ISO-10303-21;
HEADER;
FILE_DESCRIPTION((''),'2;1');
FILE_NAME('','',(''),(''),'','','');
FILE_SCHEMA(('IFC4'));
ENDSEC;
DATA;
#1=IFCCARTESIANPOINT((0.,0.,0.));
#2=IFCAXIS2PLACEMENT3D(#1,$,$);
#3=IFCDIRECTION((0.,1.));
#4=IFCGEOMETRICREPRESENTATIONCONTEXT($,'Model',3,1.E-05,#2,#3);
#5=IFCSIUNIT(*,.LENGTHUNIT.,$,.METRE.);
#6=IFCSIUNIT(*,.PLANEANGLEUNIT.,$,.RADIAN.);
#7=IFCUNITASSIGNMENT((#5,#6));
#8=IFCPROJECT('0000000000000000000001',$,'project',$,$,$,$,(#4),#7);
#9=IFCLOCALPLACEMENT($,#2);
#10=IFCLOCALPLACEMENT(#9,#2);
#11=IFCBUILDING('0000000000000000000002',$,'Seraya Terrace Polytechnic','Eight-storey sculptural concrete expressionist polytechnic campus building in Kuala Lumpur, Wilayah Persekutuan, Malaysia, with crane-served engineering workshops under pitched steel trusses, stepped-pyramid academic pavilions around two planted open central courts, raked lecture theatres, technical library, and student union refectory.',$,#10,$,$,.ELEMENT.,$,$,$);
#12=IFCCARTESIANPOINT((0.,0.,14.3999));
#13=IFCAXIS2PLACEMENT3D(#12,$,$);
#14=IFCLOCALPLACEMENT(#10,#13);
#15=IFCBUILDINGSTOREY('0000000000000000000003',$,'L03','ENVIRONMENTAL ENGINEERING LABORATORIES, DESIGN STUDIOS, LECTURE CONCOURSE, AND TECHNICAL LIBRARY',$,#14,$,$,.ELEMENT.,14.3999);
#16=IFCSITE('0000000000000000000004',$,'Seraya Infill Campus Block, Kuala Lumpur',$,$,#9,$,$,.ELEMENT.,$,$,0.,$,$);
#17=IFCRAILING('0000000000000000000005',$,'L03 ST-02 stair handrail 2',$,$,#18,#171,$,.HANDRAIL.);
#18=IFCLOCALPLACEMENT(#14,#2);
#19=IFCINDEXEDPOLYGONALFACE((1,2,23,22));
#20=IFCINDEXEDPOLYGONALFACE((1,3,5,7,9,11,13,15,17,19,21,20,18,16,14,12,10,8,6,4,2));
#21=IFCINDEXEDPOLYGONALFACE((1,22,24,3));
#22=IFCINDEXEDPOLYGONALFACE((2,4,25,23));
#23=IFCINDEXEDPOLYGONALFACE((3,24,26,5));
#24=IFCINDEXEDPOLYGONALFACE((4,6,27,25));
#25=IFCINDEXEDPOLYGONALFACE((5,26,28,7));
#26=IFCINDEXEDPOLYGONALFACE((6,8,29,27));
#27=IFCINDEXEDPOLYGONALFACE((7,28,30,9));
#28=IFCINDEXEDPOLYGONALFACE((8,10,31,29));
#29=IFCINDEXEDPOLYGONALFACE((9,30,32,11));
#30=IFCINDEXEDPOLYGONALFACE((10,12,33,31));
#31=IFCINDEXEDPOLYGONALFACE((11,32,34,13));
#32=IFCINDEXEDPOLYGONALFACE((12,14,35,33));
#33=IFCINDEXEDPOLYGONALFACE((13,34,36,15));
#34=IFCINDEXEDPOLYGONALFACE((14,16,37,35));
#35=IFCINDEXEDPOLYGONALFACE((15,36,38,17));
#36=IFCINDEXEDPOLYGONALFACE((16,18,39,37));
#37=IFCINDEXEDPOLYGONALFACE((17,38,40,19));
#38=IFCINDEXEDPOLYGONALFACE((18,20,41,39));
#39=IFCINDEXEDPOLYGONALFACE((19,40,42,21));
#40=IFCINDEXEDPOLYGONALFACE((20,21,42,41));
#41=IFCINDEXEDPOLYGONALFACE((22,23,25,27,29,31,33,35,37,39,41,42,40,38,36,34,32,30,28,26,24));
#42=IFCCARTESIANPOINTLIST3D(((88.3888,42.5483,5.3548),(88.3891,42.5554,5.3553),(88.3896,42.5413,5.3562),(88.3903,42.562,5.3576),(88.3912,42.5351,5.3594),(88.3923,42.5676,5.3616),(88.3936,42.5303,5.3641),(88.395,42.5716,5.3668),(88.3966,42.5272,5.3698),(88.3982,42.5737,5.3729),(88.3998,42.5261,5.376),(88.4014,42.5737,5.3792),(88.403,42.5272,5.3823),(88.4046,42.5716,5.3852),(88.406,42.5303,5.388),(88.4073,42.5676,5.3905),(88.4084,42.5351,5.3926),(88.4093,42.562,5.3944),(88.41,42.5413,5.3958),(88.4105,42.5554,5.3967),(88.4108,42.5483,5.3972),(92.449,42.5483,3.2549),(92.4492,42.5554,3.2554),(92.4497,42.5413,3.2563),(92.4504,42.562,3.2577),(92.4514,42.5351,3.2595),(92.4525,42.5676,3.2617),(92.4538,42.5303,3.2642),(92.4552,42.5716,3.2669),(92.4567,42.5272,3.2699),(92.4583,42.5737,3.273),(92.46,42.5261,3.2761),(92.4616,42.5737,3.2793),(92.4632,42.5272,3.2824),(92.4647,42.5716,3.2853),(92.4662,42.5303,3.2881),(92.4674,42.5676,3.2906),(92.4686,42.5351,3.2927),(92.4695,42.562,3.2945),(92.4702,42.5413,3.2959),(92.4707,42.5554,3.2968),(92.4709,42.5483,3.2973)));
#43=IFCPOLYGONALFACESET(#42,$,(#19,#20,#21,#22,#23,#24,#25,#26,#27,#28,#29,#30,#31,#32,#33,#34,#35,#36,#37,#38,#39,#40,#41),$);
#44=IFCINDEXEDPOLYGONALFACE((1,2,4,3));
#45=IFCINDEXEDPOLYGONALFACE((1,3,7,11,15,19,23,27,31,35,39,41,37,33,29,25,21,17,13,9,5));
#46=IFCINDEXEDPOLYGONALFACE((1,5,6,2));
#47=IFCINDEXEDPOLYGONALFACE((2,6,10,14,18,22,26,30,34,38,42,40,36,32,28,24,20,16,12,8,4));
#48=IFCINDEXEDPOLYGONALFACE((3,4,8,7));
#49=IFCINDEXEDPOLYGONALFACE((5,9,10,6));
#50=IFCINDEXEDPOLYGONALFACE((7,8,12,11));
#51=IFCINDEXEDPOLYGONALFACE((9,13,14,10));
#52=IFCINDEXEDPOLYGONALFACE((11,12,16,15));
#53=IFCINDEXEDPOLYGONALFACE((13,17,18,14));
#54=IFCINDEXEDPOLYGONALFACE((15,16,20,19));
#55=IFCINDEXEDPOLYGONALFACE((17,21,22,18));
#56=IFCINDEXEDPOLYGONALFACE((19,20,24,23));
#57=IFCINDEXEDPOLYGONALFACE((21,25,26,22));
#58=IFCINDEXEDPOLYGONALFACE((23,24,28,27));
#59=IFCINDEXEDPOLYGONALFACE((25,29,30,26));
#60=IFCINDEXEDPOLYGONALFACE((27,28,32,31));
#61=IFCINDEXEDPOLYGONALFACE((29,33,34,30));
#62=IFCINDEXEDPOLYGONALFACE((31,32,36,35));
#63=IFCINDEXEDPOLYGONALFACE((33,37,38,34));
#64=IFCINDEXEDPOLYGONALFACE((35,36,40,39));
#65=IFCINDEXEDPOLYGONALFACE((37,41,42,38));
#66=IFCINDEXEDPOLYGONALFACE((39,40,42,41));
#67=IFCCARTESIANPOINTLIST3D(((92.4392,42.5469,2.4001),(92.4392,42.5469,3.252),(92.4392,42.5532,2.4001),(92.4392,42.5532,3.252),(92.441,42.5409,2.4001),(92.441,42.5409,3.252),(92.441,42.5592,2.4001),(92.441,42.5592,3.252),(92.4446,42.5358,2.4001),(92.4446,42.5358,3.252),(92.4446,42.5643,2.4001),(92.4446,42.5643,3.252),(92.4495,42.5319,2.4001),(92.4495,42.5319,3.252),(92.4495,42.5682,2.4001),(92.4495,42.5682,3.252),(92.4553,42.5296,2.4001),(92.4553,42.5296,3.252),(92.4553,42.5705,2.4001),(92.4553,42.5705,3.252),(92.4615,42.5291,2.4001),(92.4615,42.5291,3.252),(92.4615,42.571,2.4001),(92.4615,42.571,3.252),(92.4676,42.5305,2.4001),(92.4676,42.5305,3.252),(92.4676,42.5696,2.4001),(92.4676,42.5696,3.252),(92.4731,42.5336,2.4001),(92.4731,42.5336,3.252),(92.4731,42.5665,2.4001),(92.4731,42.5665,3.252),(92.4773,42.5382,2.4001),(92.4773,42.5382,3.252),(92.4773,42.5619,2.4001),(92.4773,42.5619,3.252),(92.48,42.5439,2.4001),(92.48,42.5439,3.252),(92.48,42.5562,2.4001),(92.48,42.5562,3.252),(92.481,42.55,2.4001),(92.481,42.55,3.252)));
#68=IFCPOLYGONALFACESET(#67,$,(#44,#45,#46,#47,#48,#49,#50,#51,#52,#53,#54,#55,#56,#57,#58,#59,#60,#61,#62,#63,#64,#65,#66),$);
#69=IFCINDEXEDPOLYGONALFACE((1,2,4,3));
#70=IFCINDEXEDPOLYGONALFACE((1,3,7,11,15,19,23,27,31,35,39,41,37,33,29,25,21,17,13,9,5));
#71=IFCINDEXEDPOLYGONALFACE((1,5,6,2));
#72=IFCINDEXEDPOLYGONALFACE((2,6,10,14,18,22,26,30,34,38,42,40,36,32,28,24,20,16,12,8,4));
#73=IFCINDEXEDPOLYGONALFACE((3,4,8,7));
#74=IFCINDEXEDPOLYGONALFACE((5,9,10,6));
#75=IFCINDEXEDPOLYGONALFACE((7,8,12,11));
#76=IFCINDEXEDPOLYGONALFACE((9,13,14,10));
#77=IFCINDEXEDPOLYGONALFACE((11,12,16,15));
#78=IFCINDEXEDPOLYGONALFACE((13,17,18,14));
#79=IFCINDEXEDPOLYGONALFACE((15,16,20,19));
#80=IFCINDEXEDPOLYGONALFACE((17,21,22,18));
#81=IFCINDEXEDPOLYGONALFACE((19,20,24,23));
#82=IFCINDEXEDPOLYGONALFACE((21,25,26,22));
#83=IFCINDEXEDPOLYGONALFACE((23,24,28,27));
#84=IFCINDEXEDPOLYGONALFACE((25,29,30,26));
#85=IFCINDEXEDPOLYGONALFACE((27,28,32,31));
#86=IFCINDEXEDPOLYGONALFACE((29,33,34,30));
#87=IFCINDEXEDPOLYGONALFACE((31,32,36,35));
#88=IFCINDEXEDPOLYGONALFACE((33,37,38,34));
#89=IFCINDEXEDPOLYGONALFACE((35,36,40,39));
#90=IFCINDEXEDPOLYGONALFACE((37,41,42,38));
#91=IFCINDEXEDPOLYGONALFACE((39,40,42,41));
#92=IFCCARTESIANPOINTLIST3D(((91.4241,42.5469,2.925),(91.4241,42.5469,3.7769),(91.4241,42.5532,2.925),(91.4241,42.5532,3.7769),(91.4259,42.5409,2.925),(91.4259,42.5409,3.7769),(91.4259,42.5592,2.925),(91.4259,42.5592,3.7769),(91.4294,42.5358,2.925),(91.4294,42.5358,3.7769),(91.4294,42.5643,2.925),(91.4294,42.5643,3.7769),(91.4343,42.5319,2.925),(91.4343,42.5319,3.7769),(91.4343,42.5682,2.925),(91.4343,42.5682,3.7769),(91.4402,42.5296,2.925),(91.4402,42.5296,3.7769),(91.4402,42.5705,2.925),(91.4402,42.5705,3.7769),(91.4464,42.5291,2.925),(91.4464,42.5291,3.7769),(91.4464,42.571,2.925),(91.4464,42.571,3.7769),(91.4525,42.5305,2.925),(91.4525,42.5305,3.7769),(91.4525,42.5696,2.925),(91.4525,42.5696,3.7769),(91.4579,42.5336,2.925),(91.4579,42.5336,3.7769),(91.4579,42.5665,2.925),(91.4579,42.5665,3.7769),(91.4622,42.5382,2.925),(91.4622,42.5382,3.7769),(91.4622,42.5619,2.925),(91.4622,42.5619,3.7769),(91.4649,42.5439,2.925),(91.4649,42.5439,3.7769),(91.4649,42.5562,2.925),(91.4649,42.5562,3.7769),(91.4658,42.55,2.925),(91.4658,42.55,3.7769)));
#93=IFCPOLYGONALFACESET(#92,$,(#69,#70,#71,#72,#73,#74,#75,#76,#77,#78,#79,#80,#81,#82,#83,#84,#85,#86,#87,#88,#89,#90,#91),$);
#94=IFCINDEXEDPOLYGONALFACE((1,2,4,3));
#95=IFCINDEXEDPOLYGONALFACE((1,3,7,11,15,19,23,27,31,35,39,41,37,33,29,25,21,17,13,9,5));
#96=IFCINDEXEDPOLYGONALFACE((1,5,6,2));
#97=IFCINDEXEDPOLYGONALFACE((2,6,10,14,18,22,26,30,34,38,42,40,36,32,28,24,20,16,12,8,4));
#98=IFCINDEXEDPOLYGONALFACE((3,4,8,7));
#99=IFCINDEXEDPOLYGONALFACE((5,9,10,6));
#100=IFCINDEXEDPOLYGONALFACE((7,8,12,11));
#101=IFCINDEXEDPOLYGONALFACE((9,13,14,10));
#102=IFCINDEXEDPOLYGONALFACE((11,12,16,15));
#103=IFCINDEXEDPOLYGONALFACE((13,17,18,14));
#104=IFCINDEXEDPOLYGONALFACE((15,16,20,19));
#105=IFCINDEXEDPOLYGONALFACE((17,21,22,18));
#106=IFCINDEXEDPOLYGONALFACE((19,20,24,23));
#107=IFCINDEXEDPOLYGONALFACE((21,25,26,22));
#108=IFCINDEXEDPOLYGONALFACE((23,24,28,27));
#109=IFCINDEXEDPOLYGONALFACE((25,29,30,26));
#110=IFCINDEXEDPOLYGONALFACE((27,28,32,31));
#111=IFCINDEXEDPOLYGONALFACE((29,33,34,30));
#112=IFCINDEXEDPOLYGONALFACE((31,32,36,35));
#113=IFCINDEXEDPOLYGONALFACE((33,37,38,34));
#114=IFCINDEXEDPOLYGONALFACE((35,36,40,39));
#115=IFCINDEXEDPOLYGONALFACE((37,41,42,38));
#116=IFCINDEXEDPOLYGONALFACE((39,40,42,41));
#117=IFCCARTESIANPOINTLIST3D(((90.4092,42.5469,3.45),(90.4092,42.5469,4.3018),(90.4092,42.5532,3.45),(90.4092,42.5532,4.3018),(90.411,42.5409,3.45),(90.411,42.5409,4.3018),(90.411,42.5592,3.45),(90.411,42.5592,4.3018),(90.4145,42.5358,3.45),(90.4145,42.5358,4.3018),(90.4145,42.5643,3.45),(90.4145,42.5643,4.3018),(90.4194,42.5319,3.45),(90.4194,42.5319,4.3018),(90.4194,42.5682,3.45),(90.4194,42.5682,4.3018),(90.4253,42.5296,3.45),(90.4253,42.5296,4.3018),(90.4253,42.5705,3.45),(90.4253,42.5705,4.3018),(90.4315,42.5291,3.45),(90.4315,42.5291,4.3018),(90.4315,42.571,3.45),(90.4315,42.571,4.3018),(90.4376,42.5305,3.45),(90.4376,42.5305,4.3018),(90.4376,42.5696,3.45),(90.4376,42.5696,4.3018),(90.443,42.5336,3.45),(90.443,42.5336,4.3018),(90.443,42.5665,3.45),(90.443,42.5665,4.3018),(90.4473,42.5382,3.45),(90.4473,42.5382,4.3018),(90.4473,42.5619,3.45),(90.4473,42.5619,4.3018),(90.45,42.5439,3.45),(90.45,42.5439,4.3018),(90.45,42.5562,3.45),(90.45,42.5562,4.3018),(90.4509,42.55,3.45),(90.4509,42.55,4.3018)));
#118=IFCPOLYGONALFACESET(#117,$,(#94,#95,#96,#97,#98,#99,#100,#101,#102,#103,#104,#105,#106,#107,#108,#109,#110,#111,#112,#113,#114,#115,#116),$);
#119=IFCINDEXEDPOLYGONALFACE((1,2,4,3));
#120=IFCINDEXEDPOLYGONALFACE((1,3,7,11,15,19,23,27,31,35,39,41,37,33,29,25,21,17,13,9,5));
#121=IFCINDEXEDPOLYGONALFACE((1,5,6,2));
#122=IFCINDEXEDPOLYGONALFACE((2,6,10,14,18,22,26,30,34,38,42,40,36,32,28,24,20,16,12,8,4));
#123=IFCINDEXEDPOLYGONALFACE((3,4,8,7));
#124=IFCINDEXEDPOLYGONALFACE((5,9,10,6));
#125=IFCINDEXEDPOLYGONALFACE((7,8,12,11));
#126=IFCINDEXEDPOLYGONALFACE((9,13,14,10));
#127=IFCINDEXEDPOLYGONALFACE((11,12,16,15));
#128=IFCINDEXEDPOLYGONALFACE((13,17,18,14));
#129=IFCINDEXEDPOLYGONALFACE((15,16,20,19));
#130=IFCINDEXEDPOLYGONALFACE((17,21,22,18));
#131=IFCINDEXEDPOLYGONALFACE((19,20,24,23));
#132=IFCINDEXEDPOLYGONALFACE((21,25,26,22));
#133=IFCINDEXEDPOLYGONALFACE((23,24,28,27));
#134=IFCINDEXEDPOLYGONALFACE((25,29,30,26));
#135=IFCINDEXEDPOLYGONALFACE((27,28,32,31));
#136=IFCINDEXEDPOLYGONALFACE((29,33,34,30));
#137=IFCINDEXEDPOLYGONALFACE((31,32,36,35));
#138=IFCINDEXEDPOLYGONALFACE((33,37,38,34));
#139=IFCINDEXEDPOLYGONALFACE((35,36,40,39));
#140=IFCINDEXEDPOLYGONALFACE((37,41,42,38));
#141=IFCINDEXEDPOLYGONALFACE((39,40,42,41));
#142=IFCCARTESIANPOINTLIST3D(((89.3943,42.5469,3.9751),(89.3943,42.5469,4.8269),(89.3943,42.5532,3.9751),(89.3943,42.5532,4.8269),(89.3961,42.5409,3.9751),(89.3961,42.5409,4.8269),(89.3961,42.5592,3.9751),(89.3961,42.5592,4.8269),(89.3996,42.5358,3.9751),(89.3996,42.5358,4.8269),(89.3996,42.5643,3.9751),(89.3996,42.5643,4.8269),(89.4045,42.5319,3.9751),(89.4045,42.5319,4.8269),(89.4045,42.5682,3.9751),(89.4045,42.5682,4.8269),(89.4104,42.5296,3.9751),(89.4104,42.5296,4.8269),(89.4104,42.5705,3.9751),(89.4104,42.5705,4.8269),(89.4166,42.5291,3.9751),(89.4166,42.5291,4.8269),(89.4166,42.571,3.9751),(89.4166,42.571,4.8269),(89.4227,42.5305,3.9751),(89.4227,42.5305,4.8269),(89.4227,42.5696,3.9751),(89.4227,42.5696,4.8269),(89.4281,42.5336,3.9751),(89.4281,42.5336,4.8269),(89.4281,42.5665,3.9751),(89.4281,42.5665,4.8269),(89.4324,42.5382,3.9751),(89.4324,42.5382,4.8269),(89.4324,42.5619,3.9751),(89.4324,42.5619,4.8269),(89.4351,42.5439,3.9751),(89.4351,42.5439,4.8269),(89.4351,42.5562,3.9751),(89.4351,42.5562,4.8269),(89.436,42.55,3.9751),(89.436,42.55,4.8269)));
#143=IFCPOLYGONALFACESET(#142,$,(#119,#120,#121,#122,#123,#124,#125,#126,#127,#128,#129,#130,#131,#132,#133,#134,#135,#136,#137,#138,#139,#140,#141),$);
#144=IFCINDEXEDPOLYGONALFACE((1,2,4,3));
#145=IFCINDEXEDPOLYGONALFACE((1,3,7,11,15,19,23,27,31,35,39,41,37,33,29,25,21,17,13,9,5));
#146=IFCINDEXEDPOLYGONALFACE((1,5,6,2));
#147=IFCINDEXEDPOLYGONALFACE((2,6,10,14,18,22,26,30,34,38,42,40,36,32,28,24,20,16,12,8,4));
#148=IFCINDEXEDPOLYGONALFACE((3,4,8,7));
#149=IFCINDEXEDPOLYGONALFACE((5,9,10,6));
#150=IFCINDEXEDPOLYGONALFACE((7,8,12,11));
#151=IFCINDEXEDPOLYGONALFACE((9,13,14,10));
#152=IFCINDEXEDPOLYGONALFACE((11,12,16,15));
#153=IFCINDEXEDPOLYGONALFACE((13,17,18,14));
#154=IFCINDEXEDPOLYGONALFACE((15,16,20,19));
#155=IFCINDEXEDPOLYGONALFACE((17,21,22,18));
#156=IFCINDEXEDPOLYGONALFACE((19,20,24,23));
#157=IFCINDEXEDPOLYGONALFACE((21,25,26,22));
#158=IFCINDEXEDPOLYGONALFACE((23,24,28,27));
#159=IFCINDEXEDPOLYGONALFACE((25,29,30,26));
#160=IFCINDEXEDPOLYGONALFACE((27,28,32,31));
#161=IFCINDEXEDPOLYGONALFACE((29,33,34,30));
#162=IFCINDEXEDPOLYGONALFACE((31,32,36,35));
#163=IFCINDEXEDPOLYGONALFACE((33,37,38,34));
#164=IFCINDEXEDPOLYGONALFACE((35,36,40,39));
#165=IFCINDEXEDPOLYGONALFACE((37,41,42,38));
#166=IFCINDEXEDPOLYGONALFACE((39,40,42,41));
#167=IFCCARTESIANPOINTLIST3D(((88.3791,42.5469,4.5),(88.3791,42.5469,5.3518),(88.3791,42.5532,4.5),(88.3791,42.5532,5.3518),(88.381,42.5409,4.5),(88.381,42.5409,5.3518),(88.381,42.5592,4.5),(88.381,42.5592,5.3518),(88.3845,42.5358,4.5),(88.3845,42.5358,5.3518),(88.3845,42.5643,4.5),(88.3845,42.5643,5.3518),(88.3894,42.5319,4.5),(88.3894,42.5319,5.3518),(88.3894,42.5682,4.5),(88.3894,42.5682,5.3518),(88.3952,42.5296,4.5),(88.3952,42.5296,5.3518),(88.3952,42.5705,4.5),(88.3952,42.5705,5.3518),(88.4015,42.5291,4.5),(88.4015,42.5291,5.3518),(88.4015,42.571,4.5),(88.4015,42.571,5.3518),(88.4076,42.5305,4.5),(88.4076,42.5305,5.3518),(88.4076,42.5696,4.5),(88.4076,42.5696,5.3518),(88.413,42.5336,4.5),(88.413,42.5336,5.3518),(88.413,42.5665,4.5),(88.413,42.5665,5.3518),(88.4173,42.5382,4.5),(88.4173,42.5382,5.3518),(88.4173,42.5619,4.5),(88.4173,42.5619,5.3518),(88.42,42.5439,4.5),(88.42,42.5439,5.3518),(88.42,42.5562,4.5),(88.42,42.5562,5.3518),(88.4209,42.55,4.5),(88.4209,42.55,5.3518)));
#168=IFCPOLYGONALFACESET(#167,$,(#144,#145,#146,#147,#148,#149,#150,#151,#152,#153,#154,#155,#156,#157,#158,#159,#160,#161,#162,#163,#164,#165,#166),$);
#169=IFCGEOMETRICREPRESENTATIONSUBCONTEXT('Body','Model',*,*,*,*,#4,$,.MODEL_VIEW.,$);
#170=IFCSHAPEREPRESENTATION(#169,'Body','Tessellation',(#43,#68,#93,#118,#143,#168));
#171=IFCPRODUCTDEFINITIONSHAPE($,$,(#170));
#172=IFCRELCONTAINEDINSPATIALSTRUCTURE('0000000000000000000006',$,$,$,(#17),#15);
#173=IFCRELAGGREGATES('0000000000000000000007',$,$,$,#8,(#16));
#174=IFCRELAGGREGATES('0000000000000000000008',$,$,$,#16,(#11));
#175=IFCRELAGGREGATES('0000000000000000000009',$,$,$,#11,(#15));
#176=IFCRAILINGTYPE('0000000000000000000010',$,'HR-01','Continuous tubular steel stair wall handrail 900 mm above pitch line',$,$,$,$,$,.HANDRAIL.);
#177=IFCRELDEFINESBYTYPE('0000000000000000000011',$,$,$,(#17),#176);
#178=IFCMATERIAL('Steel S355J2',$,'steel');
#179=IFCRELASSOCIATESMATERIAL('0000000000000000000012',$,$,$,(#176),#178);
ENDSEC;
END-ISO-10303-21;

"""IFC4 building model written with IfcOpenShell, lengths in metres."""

from ifc_helpers import new_model, si_unit, direction, frame, origin, origin_2d, place, context, subcontext, project, spatial, circle, extrude, material, type_object, element, save


model = new_model("IFC4")

# Units and contexts
model_context = context("Model", 3, precision=1e-05, world=origin(), true_north=direction((0.0, 1.0)))
body_context = subcontext(model_context, "Body", "Model", "MODEL_VIEW")
ifc_project = project(units=[si_unit("LENGTHUNIT", "METRE"), si_unit("PLANEANGLEUNIT", "RADIAN")], contexts=[model_context])

# Site, building, storey
site_placement = place(None, origin())
site = spatial("IfcSite", under=ifc_project, at=site_placement, Name="Seraya Infill Campus Block, Kuala Lumpur", CompositionType="ELEMENT", RefElevation=0.0)
building_placement = place(site_placement, origin())
building = spatial("IfcBuilding", under=site, at=building_placement, Name="Seraya Terrace Polytechnic", Description="Eight-storey sculptural concrete expressionist polytechnic campus building in Kuala Lumpur, Wilayah Persekutuan, Malaysia, with crane-served engineering workshops under pitched steel trusses, stepped-pyramid academic pavilions around two planted open central courts, raked lecture theatres, technical library, and student union refectory.", CompositionType="ELEMENT")
storey_placement = place(building_placement, frame((0.0, 0.0, 14.3999)))
storey = spatial("IfcBuildingStorey", under=building, at=storey_placement, Name="L03", Description="ENVIRONMENTAL ENGINEERING LABORATORIES, DESIGN STUDIOS, LECTURE CONCOURSE, AND TECHNICAL LIBRARY", CompositionType="ELEMENT", Elevation=14.3999)

# Shared definitions
ifc_material_1 = material(Name="Steel S355J2", Category="steel")

# Railing
railing_type_1 = type_object("IfcRailingType", Name="HR-01", Description="Continuous tubular steel stair wall handrail 900 mm above pitch line", PredefinedType="HANDRAIL", material=ifc_material_1)
railing_1_placement = place(storey_placement, frame((92.46, 42.55, 2.4001)))
element("IfcRailing", 1, at=railing_1_placement, inside=storey, type_object=railing_type_1, Name="L03 ST-02 stair handrail 2", PredefinedType="HANDRAIL", context=body_context, shape_type="SweptSolid", body=[
    extrude(circle(Radius=0.0239, at=origin_2d()), frame((0.0, 0.0, 0.876), z_axis=(-0.888233, 0.0, 0.459392), x_axis=(0.0, -1.0, 0.0)), (0.0, 0.0, 1.0), 4.571),
    extrude(circle(Radius=0.021, at=origin_2d()), origin(), (0.0, 0.0, 1.0), 0.8518),
    extrude(circle(Radius=0.021, at=origin_2d()), frame((-1.0151, 0.0, 0.5249)), (0.0, 0.0, 1.0), 0.8518),
    extrude(circle(Radius=0.021, at=origin_2d()), frame((-2.03, 0.0, 1.0498)), (0.0, 0.0, 1.0), 0.8518),
    extrude(circle(Radius=0.021, at=origin_2d()), frame((-3.0449, 0.0, 1.575)), (0.0, 0.0, 1.0), 0.8518),
    extrude(circle(Radius=0.021, at=origin_2d()), frame((-4.0601, 0.0, 2.0999)), (0.0, 0.0, 1.0), 0.8518),
])

save(model, "model.ifc")
